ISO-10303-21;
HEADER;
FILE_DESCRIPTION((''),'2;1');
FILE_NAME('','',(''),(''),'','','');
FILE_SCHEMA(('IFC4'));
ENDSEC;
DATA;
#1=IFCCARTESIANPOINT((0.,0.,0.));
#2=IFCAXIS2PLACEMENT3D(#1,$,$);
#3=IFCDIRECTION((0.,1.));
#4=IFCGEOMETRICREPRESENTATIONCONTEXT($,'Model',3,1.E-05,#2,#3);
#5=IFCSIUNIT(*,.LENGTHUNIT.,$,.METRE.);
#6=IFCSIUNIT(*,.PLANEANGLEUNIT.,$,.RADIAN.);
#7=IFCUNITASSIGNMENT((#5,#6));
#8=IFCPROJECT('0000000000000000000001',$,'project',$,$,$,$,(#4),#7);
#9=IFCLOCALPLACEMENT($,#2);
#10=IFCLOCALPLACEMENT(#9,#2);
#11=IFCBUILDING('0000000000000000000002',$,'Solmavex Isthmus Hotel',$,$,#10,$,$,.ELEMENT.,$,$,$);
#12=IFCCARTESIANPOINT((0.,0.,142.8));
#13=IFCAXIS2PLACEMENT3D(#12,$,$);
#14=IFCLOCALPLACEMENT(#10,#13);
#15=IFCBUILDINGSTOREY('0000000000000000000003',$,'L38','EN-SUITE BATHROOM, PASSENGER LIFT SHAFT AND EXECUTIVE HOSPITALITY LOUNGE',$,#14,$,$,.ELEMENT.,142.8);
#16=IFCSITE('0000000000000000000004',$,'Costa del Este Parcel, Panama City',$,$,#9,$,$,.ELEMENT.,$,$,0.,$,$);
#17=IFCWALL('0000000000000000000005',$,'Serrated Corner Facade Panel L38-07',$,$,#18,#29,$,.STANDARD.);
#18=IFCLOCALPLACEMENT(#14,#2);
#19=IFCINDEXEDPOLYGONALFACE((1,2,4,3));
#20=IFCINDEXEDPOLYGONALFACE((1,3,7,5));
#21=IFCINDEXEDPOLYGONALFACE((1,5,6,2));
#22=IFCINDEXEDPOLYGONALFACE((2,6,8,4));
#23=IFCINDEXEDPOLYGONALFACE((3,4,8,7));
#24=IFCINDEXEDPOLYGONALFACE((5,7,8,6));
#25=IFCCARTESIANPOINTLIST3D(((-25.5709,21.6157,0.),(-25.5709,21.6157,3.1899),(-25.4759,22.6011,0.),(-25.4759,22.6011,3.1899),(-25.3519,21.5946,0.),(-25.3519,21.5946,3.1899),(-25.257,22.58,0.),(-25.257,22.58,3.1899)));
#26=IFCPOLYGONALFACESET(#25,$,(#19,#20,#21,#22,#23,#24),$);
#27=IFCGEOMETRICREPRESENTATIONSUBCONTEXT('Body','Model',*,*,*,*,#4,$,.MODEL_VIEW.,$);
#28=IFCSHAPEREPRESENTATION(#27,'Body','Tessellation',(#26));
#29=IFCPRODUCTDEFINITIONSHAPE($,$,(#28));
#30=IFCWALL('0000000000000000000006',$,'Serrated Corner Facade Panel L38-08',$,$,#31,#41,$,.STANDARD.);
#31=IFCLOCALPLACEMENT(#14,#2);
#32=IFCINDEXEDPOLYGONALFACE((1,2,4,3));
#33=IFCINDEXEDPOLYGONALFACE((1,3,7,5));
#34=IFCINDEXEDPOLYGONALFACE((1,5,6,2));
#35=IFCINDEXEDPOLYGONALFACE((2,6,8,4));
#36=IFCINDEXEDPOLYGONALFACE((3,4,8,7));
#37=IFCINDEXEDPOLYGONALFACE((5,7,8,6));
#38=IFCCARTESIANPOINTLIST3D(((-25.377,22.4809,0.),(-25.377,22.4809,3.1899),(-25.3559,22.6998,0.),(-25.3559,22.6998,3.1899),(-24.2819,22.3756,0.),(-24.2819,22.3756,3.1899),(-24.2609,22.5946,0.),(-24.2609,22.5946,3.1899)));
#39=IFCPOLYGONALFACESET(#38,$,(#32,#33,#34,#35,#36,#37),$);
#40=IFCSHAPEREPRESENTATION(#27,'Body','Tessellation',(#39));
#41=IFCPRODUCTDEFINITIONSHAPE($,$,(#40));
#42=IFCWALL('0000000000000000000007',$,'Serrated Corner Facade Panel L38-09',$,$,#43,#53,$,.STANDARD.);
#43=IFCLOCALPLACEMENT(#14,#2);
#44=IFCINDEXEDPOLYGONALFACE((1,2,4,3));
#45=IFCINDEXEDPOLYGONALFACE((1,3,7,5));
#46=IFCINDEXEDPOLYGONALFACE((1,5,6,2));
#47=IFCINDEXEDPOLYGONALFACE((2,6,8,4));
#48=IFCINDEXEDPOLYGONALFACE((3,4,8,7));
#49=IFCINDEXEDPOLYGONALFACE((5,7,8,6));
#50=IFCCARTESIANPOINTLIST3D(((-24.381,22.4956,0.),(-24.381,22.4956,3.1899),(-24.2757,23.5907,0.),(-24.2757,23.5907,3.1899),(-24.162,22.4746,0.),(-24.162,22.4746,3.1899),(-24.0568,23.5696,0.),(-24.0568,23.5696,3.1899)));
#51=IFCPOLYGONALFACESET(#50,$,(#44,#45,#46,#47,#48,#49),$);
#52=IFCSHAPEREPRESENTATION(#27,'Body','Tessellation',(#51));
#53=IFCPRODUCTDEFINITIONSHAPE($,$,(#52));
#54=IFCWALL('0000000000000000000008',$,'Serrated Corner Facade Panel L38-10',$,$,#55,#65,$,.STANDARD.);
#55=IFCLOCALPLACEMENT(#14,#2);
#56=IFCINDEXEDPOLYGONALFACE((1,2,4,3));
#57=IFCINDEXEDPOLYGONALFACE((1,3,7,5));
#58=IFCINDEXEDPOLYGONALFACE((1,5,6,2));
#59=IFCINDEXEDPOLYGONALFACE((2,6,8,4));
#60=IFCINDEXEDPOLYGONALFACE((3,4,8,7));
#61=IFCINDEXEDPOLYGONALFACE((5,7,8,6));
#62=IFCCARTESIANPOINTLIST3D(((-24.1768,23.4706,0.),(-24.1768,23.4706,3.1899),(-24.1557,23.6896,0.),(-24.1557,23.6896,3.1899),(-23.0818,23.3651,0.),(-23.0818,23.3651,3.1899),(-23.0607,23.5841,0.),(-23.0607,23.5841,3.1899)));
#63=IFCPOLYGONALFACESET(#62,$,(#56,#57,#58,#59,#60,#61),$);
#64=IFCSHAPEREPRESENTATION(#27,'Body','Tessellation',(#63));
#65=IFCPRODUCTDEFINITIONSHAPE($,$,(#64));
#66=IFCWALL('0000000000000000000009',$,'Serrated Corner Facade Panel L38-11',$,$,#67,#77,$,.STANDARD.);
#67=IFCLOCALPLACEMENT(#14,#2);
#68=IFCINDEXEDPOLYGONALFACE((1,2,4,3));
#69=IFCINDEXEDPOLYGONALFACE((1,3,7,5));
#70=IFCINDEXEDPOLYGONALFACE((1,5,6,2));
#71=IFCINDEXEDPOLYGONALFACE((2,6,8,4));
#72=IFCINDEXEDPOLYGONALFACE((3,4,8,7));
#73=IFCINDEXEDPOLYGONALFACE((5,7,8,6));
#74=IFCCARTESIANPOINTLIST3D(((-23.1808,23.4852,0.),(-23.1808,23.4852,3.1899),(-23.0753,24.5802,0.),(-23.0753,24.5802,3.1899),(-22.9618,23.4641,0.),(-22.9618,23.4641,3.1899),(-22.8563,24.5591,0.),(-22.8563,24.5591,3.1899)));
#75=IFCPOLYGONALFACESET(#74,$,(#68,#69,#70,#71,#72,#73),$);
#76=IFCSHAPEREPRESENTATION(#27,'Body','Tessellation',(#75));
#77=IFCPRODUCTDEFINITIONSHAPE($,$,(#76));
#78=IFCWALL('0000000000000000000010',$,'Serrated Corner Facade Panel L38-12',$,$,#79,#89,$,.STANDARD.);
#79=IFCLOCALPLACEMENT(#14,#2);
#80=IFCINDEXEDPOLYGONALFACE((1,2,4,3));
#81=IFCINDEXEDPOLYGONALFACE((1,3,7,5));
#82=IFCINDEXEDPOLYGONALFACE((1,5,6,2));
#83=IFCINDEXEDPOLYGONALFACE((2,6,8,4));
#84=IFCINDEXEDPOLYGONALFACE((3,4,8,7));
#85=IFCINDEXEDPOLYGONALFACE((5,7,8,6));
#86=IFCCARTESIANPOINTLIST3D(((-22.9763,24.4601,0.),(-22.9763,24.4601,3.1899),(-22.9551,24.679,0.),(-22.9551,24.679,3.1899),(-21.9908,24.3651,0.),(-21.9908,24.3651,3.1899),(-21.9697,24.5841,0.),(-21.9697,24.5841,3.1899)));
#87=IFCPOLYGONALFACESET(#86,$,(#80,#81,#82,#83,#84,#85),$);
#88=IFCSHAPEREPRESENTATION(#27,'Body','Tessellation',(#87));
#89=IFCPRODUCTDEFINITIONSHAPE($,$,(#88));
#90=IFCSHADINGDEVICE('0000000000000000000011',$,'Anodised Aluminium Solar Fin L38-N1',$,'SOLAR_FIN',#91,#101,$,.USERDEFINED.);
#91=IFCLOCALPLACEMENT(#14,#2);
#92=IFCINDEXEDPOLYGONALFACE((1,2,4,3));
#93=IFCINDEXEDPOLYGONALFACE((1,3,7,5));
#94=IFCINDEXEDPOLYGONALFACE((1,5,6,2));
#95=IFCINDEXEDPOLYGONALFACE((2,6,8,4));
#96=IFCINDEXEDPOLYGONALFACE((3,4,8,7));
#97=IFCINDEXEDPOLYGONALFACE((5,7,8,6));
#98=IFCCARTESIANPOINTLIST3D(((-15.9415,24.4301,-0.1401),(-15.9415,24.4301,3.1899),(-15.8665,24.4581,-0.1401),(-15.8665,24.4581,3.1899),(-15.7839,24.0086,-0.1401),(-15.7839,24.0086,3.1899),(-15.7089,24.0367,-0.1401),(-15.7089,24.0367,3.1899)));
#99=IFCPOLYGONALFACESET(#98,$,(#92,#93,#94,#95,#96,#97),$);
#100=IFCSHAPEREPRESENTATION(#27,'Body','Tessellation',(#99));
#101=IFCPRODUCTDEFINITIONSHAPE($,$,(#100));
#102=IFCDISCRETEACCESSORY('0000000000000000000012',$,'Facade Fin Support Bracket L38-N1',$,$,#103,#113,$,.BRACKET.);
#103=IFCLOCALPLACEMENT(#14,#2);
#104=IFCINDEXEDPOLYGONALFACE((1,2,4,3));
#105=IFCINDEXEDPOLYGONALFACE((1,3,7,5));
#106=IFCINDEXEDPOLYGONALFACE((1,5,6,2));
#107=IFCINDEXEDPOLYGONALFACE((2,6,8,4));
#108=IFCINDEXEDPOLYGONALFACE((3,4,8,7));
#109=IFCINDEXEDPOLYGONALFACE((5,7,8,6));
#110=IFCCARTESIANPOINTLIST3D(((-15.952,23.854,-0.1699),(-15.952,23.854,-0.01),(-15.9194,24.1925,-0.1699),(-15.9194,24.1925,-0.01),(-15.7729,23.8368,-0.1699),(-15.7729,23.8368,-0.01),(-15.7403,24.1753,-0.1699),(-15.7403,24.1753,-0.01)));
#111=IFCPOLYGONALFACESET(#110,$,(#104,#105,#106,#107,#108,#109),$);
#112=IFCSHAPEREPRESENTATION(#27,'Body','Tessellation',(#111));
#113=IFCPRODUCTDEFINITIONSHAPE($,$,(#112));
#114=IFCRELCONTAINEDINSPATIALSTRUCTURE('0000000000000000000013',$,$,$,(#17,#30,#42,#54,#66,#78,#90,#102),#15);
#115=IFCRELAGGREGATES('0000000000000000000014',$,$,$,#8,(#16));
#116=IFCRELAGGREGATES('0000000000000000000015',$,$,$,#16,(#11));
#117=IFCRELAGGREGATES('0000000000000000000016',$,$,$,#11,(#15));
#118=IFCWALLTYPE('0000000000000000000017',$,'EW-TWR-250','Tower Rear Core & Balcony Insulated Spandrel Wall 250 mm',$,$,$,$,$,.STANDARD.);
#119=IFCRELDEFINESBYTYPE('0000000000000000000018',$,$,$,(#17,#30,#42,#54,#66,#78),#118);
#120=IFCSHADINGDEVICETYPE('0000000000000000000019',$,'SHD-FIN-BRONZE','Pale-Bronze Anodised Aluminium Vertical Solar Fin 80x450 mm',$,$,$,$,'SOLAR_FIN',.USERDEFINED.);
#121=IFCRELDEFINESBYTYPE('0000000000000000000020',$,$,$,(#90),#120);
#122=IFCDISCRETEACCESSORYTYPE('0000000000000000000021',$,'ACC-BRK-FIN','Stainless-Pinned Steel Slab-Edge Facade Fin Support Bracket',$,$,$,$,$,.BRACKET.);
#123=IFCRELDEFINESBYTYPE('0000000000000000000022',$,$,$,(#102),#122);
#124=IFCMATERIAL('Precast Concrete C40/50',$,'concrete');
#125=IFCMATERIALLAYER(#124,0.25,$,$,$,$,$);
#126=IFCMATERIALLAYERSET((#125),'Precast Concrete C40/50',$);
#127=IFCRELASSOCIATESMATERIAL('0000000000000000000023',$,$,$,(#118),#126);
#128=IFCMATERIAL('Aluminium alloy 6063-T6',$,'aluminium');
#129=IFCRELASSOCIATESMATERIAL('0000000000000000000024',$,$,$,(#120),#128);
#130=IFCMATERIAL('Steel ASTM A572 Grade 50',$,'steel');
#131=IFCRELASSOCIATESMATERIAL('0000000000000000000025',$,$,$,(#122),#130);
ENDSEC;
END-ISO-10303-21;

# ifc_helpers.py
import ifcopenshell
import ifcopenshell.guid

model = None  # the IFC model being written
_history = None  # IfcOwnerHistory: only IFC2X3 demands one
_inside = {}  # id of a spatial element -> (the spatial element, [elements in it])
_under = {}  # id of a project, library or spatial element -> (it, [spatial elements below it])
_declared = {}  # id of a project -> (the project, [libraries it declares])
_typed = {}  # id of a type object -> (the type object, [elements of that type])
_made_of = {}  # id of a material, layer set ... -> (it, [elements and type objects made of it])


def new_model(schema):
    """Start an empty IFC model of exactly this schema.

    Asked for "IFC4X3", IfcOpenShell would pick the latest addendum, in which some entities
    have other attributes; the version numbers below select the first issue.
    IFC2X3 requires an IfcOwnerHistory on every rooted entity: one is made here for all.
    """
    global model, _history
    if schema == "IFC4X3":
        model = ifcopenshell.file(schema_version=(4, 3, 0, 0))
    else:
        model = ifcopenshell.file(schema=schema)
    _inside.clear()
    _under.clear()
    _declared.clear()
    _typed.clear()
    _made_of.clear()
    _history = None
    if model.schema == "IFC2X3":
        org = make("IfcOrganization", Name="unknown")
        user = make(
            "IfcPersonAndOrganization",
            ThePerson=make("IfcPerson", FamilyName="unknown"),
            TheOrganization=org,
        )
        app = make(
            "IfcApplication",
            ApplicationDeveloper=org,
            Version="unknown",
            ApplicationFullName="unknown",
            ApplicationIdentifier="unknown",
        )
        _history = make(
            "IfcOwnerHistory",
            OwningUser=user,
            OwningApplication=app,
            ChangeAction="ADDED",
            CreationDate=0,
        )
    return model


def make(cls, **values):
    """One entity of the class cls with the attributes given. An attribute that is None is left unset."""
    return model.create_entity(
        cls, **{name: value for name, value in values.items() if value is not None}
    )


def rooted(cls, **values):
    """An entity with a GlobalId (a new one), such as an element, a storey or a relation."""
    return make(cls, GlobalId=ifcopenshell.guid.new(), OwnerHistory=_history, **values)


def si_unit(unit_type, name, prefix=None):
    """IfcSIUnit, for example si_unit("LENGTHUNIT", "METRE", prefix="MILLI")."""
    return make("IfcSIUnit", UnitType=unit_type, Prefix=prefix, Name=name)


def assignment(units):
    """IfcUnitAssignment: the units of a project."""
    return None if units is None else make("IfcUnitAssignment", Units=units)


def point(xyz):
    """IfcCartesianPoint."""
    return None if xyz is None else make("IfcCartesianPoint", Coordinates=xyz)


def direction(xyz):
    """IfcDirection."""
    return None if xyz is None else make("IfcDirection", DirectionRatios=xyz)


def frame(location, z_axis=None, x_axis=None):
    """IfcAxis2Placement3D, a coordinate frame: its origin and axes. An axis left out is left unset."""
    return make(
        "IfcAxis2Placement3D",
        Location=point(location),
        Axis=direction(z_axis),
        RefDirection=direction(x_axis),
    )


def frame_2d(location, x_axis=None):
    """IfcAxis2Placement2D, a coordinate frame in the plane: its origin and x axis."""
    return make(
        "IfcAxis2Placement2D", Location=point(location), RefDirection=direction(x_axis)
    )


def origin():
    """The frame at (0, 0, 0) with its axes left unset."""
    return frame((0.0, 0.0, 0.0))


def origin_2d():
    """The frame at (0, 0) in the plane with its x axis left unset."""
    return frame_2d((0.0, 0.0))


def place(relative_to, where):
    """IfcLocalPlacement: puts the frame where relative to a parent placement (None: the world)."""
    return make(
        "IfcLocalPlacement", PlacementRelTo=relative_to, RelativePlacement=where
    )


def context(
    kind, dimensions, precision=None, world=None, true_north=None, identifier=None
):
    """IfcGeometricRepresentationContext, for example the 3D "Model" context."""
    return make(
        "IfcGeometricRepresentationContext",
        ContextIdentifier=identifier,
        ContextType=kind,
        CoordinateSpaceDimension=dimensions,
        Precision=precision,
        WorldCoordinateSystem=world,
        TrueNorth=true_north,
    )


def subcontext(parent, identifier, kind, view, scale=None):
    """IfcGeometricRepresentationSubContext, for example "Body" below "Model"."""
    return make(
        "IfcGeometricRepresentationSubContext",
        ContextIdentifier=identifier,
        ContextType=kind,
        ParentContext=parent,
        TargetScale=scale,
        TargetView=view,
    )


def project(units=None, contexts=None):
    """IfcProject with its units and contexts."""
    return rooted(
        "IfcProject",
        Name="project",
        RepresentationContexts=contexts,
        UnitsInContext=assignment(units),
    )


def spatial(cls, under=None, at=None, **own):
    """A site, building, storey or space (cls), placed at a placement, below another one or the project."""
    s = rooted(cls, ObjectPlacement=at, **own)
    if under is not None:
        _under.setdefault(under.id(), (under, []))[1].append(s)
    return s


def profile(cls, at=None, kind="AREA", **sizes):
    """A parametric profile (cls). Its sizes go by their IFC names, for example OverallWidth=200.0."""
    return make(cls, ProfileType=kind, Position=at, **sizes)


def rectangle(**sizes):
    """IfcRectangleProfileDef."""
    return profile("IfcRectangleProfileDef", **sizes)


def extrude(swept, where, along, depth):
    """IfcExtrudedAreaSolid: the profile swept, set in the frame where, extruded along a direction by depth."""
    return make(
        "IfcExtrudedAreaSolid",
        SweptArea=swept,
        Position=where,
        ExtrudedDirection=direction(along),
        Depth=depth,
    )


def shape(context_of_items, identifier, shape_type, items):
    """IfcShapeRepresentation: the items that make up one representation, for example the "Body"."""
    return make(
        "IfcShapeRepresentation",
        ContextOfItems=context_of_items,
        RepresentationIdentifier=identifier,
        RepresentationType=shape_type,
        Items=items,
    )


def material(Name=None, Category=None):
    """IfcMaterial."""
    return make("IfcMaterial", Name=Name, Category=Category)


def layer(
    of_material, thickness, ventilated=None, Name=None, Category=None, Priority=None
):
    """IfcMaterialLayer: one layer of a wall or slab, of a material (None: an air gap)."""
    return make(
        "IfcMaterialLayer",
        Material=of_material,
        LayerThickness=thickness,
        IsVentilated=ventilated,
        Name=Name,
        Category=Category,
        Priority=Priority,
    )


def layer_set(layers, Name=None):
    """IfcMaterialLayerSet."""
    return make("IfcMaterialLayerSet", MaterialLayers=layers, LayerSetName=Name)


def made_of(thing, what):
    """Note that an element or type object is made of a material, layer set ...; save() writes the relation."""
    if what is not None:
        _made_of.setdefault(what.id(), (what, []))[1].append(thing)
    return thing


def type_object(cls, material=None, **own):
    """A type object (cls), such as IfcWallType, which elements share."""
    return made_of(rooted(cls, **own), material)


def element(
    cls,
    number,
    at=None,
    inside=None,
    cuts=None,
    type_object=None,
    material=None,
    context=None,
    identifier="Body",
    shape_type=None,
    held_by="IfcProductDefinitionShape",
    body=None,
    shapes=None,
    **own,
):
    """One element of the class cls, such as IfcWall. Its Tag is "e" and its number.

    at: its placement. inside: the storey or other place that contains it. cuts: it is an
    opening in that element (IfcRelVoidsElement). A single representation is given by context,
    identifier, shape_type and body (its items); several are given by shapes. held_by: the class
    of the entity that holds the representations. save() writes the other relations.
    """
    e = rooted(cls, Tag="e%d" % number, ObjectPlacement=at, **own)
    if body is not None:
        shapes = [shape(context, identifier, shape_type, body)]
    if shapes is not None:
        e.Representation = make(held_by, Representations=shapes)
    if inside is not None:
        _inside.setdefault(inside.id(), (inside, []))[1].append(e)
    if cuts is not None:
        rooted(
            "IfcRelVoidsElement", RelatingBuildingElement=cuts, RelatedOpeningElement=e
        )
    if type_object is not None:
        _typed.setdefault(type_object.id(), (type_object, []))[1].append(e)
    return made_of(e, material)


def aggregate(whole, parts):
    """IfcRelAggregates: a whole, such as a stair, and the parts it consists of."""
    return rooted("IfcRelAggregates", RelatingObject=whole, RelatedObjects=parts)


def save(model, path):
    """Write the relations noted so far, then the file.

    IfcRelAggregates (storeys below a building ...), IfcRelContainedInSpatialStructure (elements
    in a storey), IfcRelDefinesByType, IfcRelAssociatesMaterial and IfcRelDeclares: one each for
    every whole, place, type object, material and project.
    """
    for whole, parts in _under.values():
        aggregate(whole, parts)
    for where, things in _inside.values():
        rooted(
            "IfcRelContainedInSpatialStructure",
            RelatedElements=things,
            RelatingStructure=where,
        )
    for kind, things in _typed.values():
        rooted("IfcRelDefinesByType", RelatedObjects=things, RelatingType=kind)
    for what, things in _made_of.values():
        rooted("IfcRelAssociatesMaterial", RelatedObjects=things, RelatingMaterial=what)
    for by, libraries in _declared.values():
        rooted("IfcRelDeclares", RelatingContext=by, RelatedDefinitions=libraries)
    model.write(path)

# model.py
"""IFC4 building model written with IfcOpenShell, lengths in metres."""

from ifc_helpers import new_model, si_unit, direction, frame, frame_2d, origin, origin_2d, place, context, subcontext, project, spatial, rectangle, extrude, material, layer, layer_set, type_object, element, save


model = new_model("IFC4")

# Units and contexts
model_context = context("Model", 3, precision=1e-05, world=origin(), true_north=direction((0.0, 1.0)))
body_context = subcontext(model_context, "Body", "Model", "MODEL_VIEW")
ifc_project = project(units=[si_unit("LENGTHUNIT", "METRE"), si_unit("PLANEANGLEUNIT", "RADIAN")], contexts=[model_context])

# Site, building, storey
site_placement = place(None, origin())
site = spatial("IfcSite", under=ifc_project, at=site_placement, Name="Costa del Este Parcel, Panama City", CompositionType="ELEMENT", RefElevation=0.0)
building_placement = place(site_placement, origin())
building = spatial("IfcBuilding", under=site, at=building_placement, Name="Solmavex Isthmus Hotel", CompositionType="ELEMENT")
storey_placement = place(building_placement, frame((0.0, 0.0, 142.8)))
storey = spatial("IfcBuildingStorey", under=building, at=storey_placement, Name="L38", Description="EN-SUITE BATHROOM, PASSENGER LIFT SHAFT AND EXECUTIVE HOSPITALITY LOUNGE", CompositionType="ELEMENT", Elevation=142.8)

# Shared definitions
ifc_material_1 = material(Name="Aluminium alloy 6063-T6", Category="aluminium")

# Walls
ifc_material_2 = material(Name="Precast Concrete C40/50", Category="concrete")
ifc_layer_1 = layer(ifc_material_2, 0.25)
ifc_layer_set_1 = layer_set([ifc_layer_1], Name="Precast Concrete C40/50")
wall_type = type_object("IfcWallType", Name="EW-TWR-250", Description="Tower Rear Core & Balcony Insulated Spandrel Wall 250 mm", PredefinedType="STANDARD", material=ifc_layer_set_1)
wall_1_placement = place(storey_placement, frame((-25.4614, 21.605, 0.0), z_axis=(0.0, 0.0, 1.0), x_axis=(0.095938, 0.995387, 0.0)))
element("IfcWall", 1, at=wall_1_placement, inside=storey, type_object=wall_type, Name="Serrated Corner Facade Panel L38-07", PredefinedType="STANDARD", context=body_context, shape_type="SweptSolid", body=[
    extrude(rectangle(XDim=0.99, YDim=0.22, at=frame_2d((0.4951, 0.0))), origin(), (0.0, 0.0, 1.0), 3.1899),
])
for number, where, z_axis, x_axis, name in (
    (2, (-25.3665, 22.5903, 0.0), (0.0, 0.0, 1.0), (0.995414, -0.095657, 0.0), "Serrated Corner Facade Panel L38-08"),
    (3, (-24.2715, 22.4851, 0.0), (0.0, 0.0, 1.0), (0.095657, 0.995414, 0.0), "Serrated Corner Facade Panel L38-09"),
    (4, (-24.1663, 23.5801, 0.0), (0.0, 0.0, 1.0), (0.995393, -0.095877, 0.0), "Serrated Corner Facade Panel L38-10"),
    (5, (-23.0713, 23.4746, 0.0), (0.0, 0.0, 1.0), (0.095877, 0.995393, 0.0), "Serrated Corner Facade Panel L38-11"),
):
    element("IfcWall", number, at=place(storey_placement, frame(where, z_axis=z_axis, x_axis=x_axis)), inside=storey, type_object=wall_type, Name=name, PredefinedType="STANDARD", context=body_context, shape_type="SweptSolid", body=[
        extrude(rectangle(XDim=1.1001, YDim=0.22, at=frame_2d((0.55, 0.0))), origin(), (0.0, 0.0, 1.0), 3.1899),
    ])
wall_2_placement = place(storey_placement, frame((-22.9658, 24.5696, 0.0), z_axis=(0.0, 0.0, 1.0), x_axis=(0.995387, -0.095938, 0.0)))
element("IfcWall", 6, at=wall_2_placement, inside=storey, type_object=wall_type, Name="Serrated Corner Facade Panel L38-12", PredefinedType="STANDARD", context=body_context, shape_type="SweptSolid", body=[
    extrude(rectangle(XDim=0.99, YDim=0.22, at=frame_2d((0.4951, 0.0))), origin(), (0.0, 0.0, 1.0), 3.1899),
])

# Shading device
shading_device_type = type_object("IfcShadingDeviceType", Name="SHD-FIN-BRONZE", Description="Pale-Bronze Anodised Aluminium Vertical Solar Fin 80x450 mm", ElementType="SOLAR_FIN", PredefinedType="USERDEFINED", material=ifc_material_1)
shading_device_placement = place(storey_placement, frame((-15.8252, 24.2334, -0.1401), z_axis=(0.0, 0.0, 1.0), x_axis=(-0.350207, 0.936672, 0.0)))
element("IfcShadingDevice", 7, at=shading_device_placement, inside=storey, type_object=shading_device_type, Name="Anodised Aluminium Solar Fin L38-N1", ObjectType="SOLAR_FIN", PredefinedType="USERDEFINED", context=body_context, shape_type="SweptSolid", body=[
    extrude(rectangle(XDim=0.45, YDim=0.0801, at=origin_2d()), origin(), (0.0, 0.0, 1.0), 3.3301),
])

# Discrete accessory
ifc_material_3 = material(Name="Steel ASTM A572 Grade 50", Category="steel")
discrete_accessory_type = type_object("IfcDiscreteAccessoryType", Name="ACC-BRK-FIN", Description="Stainless-Pinned Steel Slab-Edge Facade Fin Support Bracket", PredefinedType="BRACKET", material=ifc_material_3)
discrete_accessory_placement = place(storey_placement, frame((-15.8462, 24.0146, -0.1699), z_axis=(0.0, 0.0, 1.0), x_axis=(0.095846, 0.995396, 0.0)))
element("IfcDiscreteAccessory", 8, at=discrete_accessory_placement, inside=storey, type_object=discrete_accessory_type, Name="Facade Fin Support Bracket L38-N1", PredefinedType="BRACKET", context=body_context, shape_type="SweptSolid", body=[
    extrude(rectangle(XDim=0.3401, YDim=0.1799, at=origin_2d()), origin(), (0.0, 0.0, 1.0), 0.1599),
])

save(model, "model.ifc")
